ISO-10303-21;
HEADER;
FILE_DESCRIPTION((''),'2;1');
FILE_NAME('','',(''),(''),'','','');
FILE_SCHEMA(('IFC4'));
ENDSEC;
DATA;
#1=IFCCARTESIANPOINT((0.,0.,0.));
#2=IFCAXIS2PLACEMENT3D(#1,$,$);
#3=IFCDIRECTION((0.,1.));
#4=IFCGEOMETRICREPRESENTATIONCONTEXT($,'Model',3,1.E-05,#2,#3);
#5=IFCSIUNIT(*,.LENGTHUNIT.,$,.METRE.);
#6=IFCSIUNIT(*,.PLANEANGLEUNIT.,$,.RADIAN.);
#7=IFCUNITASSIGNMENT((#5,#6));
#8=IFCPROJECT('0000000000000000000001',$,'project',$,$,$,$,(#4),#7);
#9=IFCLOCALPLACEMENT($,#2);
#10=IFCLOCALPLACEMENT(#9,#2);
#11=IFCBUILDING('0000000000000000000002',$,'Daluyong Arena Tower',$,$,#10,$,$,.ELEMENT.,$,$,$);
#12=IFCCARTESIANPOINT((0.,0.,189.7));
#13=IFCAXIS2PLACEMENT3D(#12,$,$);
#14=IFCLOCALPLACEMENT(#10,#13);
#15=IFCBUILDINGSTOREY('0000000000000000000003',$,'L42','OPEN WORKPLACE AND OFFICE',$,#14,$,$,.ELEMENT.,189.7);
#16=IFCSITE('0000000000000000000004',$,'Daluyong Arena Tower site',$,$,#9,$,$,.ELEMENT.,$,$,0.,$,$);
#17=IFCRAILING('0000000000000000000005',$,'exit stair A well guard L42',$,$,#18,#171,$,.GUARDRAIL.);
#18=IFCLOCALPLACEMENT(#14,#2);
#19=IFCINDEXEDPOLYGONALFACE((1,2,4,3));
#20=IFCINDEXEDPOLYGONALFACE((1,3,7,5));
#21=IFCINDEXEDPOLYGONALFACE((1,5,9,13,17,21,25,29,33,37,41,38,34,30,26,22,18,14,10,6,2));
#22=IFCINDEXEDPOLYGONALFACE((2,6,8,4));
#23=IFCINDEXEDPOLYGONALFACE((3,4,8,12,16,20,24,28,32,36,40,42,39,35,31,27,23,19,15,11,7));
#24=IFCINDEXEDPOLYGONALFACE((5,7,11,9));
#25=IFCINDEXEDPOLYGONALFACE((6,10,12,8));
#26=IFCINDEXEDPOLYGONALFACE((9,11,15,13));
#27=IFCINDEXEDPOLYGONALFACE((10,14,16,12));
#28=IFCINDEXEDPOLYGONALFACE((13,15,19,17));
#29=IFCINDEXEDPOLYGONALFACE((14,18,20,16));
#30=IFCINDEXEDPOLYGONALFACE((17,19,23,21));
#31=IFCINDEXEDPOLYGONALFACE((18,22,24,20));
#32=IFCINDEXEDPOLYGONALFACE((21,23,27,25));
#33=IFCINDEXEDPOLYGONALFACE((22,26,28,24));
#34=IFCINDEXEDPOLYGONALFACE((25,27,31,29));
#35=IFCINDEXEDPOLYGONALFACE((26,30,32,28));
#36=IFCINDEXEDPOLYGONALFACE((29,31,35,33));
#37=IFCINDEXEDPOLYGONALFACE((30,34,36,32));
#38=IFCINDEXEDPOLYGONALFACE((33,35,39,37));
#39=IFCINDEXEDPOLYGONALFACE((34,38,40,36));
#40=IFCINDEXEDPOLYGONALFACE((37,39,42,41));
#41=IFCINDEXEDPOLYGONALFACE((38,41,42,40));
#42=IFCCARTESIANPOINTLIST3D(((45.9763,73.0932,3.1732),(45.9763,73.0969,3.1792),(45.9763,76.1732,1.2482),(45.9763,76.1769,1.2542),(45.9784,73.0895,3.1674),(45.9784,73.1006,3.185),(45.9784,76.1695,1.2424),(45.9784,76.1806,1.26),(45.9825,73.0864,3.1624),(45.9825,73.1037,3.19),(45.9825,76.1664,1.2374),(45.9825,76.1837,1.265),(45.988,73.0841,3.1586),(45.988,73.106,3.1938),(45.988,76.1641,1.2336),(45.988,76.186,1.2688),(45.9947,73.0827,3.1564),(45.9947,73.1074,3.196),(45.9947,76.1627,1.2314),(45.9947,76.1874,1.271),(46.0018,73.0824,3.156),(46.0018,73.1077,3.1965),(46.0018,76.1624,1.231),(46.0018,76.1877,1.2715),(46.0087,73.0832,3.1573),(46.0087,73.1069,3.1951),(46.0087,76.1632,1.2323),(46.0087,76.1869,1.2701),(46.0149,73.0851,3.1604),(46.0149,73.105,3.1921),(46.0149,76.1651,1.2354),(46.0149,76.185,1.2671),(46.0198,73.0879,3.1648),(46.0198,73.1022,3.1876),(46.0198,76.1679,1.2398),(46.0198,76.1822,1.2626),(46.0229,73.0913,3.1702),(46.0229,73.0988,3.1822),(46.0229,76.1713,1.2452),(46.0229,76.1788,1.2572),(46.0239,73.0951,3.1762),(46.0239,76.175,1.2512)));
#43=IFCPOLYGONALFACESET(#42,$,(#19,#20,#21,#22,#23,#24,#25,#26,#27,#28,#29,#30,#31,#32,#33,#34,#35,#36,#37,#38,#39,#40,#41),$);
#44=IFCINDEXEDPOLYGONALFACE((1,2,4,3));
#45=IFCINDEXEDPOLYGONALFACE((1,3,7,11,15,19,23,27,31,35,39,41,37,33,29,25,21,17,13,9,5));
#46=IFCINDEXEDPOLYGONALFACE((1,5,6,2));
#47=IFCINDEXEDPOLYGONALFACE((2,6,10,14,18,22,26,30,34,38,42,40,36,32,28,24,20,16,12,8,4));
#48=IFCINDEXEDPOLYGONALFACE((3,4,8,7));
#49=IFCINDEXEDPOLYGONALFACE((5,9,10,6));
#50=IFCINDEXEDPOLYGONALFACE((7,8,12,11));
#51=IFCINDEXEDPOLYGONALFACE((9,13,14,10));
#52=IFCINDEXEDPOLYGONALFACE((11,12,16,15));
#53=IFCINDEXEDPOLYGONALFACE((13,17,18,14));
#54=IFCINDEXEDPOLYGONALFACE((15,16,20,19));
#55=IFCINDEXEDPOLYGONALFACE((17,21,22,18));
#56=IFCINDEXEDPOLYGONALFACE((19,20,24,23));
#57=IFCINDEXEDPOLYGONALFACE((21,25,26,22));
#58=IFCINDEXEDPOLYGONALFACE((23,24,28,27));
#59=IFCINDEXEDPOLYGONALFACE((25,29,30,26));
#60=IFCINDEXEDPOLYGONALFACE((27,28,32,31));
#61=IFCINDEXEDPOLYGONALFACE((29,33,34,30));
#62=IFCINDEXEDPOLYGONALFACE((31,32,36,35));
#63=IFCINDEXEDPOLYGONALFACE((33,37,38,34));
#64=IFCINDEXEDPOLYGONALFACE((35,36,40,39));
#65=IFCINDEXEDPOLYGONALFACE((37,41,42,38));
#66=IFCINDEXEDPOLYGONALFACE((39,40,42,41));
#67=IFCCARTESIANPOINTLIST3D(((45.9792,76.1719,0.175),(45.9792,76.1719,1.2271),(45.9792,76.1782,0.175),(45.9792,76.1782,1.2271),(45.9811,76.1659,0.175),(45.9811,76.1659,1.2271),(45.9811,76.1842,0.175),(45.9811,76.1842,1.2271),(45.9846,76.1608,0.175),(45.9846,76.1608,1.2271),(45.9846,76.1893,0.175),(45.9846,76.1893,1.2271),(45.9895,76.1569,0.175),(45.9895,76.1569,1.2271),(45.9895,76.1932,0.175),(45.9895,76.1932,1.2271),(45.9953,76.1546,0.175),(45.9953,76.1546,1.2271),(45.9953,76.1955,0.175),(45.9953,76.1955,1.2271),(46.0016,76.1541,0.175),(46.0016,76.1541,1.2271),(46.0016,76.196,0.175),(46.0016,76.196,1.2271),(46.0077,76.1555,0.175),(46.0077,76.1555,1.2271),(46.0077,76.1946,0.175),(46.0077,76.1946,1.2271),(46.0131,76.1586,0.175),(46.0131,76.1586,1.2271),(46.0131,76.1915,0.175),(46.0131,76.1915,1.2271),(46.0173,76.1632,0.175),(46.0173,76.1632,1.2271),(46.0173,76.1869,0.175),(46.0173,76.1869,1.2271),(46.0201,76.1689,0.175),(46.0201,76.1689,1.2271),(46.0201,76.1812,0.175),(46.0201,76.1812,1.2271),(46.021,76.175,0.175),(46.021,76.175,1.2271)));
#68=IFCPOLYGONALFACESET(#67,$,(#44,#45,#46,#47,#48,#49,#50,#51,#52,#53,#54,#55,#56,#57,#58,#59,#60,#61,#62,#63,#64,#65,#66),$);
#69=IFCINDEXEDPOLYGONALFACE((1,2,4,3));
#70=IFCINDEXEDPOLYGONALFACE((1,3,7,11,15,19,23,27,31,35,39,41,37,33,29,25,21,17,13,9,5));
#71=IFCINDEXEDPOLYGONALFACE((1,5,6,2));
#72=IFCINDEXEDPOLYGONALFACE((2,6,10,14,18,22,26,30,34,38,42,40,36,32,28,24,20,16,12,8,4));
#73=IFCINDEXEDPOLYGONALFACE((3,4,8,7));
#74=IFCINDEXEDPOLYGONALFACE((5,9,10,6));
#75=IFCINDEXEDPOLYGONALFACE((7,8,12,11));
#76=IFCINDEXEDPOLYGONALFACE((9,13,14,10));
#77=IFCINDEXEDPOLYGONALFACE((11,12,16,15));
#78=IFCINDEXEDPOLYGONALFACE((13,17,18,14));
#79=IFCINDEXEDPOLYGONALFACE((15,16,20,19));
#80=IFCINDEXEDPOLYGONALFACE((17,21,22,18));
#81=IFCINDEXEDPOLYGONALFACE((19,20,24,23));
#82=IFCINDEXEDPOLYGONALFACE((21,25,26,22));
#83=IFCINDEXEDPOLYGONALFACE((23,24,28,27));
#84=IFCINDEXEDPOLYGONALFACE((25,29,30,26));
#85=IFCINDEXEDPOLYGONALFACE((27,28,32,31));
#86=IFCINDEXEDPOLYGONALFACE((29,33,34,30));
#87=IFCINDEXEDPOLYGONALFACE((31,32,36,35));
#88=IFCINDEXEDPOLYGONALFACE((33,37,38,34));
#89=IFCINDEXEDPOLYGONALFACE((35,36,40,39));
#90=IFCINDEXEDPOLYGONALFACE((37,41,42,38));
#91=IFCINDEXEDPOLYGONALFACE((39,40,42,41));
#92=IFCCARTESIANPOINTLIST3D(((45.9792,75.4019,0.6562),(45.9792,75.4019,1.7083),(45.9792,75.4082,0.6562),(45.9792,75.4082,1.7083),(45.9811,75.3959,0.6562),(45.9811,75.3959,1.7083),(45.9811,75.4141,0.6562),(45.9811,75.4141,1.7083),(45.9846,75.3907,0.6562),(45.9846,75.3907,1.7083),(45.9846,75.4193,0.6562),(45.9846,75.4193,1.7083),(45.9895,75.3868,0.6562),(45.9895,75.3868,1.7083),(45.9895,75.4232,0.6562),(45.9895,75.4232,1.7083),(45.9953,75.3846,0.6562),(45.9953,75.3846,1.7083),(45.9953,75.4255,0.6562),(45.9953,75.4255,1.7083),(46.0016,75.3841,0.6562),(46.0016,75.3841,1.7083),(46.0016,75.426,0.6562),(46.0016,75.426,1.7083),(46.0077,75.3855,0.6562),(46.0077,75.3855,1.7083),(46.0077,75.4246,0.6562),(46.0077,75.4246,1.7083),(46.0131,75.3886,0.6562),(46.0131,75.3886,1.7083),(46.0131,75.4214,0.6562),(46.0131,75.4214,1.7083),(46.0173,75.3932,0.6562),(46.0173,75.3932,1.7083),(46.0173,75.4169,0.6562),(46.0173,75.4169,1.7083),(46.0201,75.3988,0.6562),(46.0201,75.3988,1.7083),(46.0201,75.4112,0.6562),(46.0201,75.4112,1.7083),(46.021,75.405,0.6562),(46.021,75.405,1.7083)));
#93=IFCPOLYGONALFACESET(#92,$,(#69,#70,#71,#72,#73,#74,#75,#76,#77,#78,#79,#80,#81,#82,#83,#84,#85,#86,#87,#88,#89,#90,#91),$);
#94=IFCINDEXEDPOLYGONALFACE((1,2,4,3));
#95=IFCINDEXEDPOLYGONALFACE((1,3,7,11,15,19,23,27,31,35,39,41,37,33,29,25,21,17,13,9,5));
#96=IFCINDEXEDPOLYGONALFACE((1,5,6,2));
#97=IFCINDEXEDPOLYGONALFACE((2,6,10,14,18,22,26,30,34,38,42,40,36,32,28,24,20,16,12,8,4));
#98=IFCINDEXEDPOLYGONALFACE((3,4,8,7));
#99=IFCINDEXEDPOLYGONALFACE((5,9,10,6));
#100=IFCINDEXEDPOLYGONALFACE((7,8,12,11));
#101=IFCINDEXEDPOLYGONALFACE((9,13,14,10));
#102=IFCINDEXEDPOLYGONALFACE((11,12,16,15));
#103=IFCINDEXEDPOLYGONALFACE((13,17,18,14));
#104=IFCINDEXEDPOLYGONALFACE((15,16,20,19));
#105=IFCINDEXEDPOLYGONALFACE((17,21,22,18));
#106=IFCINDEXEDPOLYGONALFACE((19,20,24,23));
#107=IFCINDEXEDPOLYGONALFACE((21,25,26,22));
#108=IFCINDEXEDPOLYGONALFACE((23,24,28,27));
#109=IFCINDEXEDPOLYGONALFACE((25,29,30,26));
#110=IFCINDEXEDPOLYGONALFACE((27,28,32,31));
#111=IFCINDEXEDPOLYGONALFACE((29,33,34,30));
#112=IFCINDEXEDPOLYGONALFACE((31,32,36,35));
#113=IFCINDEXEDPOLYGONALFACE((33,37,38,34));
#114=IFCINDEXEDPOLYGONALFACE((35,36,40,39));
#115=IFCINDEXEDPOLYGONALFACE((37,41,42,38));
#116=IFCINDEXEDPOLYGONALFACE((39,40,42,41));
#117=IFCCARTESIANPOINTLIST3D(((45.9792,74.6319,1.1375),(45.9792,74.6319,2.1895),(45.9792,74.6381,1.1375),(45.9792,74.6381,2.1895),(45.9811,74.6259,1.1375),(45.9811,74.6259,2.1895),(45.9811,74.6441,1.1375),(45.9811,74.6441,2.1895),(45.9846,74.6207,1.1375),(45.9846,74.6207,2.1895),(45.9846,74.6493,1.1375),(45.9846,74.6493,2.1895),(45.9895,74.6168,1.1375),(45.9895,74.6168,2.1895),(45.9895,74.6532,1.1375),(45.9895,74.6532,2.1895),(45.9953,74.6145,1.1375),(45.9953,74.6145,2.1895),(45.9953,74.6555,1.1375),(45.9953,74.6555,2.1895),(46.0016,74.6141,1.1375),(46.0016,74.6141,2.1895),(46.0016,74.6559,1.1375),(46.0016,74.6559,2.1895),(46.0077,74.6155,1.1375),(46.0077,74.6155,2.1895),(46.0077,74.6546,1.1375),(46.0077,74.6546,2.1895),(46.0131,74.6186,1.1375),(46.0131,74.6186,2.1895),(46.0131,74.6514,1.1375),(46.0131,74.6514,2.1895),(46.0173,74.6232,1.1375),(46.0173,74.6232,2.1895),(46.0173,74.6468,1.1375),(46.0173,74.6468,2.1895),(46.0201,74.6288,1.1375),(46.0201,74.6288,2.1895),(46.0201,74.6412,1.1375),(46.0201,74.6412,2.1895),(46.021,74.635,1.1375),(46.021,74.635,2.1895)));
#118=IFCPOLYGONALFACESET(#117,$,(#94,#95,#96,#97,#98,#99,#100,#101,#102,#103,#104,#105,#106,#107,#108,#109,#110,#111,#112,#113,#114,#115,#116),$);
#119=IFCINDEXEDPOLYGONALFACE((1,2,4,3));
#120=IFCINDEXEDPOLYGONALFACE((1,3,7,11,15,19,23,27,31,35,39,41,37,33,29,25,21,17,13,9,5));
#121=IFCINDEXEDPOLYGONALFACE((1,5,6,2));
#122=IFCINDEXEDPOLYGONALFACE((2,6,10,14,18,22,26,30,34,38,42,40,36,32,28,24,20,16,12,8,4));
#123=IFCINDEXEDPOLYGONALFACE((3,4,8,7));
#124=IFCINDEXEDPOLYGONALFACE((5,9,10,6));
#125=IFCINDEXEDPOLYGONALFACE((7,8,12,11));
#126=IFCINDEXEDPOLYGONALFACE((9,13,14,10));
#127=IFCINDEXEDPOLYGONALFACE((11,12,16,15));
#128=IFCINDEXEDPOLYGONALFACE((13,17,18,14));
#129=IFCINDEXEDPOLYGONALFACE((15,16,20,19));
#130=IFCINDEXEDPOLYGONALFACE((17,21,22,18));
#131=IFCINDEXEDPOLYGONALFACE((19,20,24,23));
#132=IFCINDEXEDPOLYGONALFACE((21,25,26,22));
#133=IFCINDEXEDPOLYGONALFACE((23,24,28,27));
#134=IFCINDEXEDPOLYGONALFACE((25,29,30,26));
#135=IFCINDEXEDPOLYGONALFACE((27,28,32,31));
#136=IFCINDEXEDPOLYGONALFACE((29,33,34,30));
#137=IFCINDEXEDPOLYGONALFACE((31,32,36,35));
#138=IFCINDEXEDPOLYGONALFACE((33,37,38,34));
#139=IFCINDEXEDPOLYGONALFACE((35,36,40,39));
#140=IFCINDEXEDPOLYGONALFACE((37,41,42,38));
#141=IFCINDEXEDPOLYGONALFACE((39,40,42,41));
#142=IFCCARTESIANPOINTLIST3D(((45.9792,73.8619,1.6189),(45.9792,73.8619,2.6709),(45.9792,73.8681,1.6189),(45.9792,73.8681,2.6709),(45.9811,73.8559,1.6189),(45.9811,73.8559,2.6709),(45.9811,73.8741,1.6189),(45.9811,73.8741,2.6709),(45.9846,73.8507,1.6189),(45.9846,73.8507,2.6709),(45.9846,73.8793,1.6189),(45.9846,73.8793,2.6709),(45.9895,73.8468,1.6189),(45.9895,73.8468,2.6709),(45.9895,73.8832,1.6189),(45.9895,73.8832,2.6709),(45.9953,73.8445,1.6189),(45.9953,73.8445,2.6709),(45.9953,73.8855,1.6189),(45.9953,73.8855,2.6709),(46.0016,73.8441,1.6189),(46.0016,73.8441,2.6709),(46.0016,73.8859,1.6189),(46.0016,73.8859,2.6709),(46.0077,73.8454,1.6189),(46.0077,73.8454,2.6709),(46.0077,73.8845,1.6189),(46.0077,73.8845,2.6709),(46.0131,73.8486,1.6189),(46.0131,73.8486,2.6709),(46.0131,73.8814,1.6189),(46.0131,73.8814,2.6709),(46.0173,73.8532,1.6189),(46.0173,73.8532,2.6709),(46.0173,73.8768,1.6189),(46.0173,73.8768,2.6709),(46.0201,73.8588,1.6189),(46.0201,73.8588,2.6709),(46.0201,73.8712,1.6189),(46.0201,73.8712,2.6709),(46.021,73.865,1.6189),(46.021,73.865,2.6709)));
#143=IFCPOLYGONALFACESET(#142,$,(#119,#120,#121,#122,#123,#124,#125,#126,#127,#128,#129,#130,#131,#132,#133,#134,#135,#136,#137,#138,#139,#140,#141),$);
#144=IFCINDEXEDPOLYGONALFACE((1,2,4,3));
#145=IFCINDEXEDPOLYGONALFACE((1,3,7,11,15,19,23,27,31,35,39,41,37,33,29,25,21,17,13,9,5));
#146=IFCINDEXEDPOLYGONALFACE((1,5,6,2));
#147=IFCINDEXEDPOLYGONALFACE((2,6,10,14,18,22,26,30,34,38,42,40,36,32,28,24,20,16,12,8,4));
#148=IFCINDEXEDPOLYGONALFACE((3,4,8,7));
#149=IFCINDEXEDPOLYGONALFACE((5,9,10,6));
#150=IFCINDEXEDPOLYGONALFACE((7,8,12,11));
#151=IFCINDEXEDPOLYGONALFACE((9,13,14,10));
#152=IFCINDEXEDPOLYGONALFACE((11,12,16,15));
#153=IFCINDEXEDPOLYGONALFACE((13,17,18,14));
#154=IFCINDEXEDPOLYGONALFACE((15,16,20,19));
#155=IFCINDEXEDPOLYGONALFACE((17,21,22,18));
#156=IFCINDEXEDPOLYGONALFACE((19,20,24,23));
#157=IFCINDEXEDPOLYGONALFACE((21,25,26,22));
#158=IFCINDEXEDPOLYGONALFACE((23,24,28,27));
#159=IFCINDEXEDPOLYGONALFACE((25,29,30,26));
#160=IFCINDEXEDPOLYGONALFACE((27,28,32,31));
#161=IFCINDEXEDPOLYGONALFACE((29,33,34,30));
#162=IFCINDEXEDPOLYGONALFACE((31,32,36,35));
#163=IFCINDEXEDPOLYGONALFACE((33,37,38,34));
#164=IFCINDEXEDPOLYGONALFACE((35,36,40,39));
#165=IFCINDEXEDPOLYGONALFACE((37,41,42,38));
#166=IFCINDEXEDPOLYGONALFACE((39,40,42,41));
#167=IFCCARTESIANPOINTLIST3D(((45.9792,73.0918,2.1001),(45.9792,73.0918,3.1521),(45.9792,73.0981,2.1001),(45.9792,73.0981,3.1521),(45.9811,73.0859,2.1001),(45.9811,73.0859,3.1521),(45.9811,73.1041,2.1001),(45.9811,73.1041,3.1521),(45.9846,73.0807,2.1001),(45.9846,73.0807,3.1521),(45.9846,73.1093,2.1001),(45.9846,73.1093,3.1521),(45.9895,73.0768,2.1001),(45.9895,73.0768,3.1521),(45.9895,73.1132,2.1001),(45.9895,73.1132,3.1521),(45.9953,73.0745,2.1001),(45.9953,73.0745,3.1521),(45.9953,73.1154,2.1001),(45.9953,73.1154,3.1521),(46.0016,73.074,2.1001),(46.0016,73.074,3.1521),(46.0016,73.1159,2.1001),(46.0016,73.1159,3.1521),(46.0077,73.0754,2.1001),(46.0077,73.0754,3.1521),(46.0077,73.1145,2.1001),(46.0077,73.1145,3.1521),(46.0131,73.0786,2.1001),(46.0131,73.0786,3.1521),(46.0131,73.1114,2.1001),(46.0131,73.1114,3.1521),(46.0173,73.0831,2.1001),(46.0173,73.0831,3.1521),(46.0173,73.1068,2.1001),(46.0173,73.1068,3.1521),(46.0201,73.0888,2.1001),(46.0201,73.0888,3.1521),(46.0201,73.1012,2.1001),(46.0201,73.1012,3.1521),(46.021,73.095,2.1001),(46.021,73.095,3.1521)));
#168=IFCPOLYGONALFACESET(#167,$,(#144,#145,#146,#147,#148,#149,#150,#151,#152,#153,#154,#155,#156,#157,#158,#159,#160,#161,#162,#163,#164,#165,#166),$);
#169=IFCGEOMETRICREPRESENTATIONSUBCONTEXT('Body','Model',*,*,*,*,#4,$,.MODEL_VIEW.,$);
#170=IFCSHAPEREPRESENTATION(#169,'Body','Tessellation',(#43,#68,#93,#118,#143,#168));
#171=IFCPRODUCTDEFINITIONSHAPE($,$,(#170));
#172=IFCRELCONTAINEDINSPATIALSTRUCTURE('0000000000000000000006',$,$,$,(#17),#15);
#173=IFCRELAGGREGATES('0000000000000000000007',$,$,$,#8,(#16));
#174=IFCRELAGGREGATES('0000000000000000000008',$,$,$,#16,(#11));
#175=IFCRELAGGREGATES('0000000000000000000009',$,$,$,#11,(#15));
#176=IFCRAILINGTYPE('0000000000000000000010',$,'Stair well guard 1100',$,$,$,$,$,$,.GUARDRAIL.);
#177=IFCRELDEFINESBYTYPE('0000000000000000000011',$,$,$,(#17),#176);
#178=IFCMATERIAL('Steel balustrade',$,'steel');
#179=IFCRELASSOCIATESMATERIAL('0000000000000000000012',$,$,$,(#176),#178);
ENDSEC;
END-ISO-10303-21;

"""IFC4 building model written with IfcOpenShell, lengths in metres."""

from ifc_helpers import new_model, si_unit, direction, frame, origin, origin_2d, place, context, subcontext, project, spatial, circle, extrude, material, type_object, element, save


model = new_model("IFC4")

# Units and contexts
model_context = context("Model", 3, precision=1e-05, world=origin(), true_north=direction((0.0, 1.0)))
body_context = subcontext(model_context, "Body", "Model", "MODEL_VIEW")
ifc_project = project(units=[si_unit("LENGTHUNIT", "METRE"), si_unit("PLANEANGLEUNIT", "RADIAN")], contexts=[model_context])

# Site, building, storey
site_placement = place(None, origin())
site = spatial("IfcSite", under=ifc_project, at=site_placement, Name="Daluyong Arena Tower site", CompositionType="ELEMENT", RefElevation=0.0)
building_placement = place(site_placement, origin())
building = spatial("IfcBuilding", under=site, at=building_placement, Name="Daluyong Arena Tower", CompositionType="ELEMENT")
storey_placement = place(building_placement, frame((0.0, 0.0, 189.7)))
storey = spatial("IfcBuildingStorey", under=building, at=storey_placement, Name="L42", Description="OPEN WORKPLACE AND OFFICE", CompositionType="ELEMENT", Elevation=189.7)

# Railing
ifc_material_1 = material(Name="Steel balustrade", Category="steel")
railing_type_1 = type_object("IfcRailingType", Name="Stair well guard 1100", PredefinedType="GUARDRAIL", material=ifc_material_1)
railing_1_placement = place(storey_placement, frame((46.0, 76.175, 0.175)))
element("IfcRailing", 1, at=railing_1_placement, inside=storey, type_object=railing_type_1, Name="exit stair A well guard L42", PredefinedType="GUARDRAIL", context=body_context, shape_type="SweptSolid", body=[
    extrude(circle(Radius=0.0239, at=origin_2d()), frame((0.0, 0.0, 1.0762), z_axis=(0.0, -0.847998, 0.529999), x_axis=(1.0, 0.0, 0.0)), (0.0, 0.0, 1.0), 3.6321),
    extrude(circle(Radius=0.021, at=origin_2d()), origin(), (0.0, 0.0, 1.0), 1.052),
    extrude(circle(Radius=0.021, at=origin_2d()), frame((0.0, -0.77, 0.4812)), (0.0, 0.0, 1.0), 1.052),
    extrude(circle(Radius=0.021, at=origin_2d()), frame((0.0, -1.54, 0.9624)), (0.0, 0.0, 1.0), 1.052),
    extrude(circle(Radius=0.021, at=origin_2d()), frame((0.0, -2.3101, 1.4438)), (0.0, 0.0, 1.0), 1.052),
    extrude(circle(Radius=0.021, at=origin_2d()), frame((0.0, -3.0801, 1.925)), (0.0, 0.0, 1.0), 1.052),
])

save(model, "model.ifc")
